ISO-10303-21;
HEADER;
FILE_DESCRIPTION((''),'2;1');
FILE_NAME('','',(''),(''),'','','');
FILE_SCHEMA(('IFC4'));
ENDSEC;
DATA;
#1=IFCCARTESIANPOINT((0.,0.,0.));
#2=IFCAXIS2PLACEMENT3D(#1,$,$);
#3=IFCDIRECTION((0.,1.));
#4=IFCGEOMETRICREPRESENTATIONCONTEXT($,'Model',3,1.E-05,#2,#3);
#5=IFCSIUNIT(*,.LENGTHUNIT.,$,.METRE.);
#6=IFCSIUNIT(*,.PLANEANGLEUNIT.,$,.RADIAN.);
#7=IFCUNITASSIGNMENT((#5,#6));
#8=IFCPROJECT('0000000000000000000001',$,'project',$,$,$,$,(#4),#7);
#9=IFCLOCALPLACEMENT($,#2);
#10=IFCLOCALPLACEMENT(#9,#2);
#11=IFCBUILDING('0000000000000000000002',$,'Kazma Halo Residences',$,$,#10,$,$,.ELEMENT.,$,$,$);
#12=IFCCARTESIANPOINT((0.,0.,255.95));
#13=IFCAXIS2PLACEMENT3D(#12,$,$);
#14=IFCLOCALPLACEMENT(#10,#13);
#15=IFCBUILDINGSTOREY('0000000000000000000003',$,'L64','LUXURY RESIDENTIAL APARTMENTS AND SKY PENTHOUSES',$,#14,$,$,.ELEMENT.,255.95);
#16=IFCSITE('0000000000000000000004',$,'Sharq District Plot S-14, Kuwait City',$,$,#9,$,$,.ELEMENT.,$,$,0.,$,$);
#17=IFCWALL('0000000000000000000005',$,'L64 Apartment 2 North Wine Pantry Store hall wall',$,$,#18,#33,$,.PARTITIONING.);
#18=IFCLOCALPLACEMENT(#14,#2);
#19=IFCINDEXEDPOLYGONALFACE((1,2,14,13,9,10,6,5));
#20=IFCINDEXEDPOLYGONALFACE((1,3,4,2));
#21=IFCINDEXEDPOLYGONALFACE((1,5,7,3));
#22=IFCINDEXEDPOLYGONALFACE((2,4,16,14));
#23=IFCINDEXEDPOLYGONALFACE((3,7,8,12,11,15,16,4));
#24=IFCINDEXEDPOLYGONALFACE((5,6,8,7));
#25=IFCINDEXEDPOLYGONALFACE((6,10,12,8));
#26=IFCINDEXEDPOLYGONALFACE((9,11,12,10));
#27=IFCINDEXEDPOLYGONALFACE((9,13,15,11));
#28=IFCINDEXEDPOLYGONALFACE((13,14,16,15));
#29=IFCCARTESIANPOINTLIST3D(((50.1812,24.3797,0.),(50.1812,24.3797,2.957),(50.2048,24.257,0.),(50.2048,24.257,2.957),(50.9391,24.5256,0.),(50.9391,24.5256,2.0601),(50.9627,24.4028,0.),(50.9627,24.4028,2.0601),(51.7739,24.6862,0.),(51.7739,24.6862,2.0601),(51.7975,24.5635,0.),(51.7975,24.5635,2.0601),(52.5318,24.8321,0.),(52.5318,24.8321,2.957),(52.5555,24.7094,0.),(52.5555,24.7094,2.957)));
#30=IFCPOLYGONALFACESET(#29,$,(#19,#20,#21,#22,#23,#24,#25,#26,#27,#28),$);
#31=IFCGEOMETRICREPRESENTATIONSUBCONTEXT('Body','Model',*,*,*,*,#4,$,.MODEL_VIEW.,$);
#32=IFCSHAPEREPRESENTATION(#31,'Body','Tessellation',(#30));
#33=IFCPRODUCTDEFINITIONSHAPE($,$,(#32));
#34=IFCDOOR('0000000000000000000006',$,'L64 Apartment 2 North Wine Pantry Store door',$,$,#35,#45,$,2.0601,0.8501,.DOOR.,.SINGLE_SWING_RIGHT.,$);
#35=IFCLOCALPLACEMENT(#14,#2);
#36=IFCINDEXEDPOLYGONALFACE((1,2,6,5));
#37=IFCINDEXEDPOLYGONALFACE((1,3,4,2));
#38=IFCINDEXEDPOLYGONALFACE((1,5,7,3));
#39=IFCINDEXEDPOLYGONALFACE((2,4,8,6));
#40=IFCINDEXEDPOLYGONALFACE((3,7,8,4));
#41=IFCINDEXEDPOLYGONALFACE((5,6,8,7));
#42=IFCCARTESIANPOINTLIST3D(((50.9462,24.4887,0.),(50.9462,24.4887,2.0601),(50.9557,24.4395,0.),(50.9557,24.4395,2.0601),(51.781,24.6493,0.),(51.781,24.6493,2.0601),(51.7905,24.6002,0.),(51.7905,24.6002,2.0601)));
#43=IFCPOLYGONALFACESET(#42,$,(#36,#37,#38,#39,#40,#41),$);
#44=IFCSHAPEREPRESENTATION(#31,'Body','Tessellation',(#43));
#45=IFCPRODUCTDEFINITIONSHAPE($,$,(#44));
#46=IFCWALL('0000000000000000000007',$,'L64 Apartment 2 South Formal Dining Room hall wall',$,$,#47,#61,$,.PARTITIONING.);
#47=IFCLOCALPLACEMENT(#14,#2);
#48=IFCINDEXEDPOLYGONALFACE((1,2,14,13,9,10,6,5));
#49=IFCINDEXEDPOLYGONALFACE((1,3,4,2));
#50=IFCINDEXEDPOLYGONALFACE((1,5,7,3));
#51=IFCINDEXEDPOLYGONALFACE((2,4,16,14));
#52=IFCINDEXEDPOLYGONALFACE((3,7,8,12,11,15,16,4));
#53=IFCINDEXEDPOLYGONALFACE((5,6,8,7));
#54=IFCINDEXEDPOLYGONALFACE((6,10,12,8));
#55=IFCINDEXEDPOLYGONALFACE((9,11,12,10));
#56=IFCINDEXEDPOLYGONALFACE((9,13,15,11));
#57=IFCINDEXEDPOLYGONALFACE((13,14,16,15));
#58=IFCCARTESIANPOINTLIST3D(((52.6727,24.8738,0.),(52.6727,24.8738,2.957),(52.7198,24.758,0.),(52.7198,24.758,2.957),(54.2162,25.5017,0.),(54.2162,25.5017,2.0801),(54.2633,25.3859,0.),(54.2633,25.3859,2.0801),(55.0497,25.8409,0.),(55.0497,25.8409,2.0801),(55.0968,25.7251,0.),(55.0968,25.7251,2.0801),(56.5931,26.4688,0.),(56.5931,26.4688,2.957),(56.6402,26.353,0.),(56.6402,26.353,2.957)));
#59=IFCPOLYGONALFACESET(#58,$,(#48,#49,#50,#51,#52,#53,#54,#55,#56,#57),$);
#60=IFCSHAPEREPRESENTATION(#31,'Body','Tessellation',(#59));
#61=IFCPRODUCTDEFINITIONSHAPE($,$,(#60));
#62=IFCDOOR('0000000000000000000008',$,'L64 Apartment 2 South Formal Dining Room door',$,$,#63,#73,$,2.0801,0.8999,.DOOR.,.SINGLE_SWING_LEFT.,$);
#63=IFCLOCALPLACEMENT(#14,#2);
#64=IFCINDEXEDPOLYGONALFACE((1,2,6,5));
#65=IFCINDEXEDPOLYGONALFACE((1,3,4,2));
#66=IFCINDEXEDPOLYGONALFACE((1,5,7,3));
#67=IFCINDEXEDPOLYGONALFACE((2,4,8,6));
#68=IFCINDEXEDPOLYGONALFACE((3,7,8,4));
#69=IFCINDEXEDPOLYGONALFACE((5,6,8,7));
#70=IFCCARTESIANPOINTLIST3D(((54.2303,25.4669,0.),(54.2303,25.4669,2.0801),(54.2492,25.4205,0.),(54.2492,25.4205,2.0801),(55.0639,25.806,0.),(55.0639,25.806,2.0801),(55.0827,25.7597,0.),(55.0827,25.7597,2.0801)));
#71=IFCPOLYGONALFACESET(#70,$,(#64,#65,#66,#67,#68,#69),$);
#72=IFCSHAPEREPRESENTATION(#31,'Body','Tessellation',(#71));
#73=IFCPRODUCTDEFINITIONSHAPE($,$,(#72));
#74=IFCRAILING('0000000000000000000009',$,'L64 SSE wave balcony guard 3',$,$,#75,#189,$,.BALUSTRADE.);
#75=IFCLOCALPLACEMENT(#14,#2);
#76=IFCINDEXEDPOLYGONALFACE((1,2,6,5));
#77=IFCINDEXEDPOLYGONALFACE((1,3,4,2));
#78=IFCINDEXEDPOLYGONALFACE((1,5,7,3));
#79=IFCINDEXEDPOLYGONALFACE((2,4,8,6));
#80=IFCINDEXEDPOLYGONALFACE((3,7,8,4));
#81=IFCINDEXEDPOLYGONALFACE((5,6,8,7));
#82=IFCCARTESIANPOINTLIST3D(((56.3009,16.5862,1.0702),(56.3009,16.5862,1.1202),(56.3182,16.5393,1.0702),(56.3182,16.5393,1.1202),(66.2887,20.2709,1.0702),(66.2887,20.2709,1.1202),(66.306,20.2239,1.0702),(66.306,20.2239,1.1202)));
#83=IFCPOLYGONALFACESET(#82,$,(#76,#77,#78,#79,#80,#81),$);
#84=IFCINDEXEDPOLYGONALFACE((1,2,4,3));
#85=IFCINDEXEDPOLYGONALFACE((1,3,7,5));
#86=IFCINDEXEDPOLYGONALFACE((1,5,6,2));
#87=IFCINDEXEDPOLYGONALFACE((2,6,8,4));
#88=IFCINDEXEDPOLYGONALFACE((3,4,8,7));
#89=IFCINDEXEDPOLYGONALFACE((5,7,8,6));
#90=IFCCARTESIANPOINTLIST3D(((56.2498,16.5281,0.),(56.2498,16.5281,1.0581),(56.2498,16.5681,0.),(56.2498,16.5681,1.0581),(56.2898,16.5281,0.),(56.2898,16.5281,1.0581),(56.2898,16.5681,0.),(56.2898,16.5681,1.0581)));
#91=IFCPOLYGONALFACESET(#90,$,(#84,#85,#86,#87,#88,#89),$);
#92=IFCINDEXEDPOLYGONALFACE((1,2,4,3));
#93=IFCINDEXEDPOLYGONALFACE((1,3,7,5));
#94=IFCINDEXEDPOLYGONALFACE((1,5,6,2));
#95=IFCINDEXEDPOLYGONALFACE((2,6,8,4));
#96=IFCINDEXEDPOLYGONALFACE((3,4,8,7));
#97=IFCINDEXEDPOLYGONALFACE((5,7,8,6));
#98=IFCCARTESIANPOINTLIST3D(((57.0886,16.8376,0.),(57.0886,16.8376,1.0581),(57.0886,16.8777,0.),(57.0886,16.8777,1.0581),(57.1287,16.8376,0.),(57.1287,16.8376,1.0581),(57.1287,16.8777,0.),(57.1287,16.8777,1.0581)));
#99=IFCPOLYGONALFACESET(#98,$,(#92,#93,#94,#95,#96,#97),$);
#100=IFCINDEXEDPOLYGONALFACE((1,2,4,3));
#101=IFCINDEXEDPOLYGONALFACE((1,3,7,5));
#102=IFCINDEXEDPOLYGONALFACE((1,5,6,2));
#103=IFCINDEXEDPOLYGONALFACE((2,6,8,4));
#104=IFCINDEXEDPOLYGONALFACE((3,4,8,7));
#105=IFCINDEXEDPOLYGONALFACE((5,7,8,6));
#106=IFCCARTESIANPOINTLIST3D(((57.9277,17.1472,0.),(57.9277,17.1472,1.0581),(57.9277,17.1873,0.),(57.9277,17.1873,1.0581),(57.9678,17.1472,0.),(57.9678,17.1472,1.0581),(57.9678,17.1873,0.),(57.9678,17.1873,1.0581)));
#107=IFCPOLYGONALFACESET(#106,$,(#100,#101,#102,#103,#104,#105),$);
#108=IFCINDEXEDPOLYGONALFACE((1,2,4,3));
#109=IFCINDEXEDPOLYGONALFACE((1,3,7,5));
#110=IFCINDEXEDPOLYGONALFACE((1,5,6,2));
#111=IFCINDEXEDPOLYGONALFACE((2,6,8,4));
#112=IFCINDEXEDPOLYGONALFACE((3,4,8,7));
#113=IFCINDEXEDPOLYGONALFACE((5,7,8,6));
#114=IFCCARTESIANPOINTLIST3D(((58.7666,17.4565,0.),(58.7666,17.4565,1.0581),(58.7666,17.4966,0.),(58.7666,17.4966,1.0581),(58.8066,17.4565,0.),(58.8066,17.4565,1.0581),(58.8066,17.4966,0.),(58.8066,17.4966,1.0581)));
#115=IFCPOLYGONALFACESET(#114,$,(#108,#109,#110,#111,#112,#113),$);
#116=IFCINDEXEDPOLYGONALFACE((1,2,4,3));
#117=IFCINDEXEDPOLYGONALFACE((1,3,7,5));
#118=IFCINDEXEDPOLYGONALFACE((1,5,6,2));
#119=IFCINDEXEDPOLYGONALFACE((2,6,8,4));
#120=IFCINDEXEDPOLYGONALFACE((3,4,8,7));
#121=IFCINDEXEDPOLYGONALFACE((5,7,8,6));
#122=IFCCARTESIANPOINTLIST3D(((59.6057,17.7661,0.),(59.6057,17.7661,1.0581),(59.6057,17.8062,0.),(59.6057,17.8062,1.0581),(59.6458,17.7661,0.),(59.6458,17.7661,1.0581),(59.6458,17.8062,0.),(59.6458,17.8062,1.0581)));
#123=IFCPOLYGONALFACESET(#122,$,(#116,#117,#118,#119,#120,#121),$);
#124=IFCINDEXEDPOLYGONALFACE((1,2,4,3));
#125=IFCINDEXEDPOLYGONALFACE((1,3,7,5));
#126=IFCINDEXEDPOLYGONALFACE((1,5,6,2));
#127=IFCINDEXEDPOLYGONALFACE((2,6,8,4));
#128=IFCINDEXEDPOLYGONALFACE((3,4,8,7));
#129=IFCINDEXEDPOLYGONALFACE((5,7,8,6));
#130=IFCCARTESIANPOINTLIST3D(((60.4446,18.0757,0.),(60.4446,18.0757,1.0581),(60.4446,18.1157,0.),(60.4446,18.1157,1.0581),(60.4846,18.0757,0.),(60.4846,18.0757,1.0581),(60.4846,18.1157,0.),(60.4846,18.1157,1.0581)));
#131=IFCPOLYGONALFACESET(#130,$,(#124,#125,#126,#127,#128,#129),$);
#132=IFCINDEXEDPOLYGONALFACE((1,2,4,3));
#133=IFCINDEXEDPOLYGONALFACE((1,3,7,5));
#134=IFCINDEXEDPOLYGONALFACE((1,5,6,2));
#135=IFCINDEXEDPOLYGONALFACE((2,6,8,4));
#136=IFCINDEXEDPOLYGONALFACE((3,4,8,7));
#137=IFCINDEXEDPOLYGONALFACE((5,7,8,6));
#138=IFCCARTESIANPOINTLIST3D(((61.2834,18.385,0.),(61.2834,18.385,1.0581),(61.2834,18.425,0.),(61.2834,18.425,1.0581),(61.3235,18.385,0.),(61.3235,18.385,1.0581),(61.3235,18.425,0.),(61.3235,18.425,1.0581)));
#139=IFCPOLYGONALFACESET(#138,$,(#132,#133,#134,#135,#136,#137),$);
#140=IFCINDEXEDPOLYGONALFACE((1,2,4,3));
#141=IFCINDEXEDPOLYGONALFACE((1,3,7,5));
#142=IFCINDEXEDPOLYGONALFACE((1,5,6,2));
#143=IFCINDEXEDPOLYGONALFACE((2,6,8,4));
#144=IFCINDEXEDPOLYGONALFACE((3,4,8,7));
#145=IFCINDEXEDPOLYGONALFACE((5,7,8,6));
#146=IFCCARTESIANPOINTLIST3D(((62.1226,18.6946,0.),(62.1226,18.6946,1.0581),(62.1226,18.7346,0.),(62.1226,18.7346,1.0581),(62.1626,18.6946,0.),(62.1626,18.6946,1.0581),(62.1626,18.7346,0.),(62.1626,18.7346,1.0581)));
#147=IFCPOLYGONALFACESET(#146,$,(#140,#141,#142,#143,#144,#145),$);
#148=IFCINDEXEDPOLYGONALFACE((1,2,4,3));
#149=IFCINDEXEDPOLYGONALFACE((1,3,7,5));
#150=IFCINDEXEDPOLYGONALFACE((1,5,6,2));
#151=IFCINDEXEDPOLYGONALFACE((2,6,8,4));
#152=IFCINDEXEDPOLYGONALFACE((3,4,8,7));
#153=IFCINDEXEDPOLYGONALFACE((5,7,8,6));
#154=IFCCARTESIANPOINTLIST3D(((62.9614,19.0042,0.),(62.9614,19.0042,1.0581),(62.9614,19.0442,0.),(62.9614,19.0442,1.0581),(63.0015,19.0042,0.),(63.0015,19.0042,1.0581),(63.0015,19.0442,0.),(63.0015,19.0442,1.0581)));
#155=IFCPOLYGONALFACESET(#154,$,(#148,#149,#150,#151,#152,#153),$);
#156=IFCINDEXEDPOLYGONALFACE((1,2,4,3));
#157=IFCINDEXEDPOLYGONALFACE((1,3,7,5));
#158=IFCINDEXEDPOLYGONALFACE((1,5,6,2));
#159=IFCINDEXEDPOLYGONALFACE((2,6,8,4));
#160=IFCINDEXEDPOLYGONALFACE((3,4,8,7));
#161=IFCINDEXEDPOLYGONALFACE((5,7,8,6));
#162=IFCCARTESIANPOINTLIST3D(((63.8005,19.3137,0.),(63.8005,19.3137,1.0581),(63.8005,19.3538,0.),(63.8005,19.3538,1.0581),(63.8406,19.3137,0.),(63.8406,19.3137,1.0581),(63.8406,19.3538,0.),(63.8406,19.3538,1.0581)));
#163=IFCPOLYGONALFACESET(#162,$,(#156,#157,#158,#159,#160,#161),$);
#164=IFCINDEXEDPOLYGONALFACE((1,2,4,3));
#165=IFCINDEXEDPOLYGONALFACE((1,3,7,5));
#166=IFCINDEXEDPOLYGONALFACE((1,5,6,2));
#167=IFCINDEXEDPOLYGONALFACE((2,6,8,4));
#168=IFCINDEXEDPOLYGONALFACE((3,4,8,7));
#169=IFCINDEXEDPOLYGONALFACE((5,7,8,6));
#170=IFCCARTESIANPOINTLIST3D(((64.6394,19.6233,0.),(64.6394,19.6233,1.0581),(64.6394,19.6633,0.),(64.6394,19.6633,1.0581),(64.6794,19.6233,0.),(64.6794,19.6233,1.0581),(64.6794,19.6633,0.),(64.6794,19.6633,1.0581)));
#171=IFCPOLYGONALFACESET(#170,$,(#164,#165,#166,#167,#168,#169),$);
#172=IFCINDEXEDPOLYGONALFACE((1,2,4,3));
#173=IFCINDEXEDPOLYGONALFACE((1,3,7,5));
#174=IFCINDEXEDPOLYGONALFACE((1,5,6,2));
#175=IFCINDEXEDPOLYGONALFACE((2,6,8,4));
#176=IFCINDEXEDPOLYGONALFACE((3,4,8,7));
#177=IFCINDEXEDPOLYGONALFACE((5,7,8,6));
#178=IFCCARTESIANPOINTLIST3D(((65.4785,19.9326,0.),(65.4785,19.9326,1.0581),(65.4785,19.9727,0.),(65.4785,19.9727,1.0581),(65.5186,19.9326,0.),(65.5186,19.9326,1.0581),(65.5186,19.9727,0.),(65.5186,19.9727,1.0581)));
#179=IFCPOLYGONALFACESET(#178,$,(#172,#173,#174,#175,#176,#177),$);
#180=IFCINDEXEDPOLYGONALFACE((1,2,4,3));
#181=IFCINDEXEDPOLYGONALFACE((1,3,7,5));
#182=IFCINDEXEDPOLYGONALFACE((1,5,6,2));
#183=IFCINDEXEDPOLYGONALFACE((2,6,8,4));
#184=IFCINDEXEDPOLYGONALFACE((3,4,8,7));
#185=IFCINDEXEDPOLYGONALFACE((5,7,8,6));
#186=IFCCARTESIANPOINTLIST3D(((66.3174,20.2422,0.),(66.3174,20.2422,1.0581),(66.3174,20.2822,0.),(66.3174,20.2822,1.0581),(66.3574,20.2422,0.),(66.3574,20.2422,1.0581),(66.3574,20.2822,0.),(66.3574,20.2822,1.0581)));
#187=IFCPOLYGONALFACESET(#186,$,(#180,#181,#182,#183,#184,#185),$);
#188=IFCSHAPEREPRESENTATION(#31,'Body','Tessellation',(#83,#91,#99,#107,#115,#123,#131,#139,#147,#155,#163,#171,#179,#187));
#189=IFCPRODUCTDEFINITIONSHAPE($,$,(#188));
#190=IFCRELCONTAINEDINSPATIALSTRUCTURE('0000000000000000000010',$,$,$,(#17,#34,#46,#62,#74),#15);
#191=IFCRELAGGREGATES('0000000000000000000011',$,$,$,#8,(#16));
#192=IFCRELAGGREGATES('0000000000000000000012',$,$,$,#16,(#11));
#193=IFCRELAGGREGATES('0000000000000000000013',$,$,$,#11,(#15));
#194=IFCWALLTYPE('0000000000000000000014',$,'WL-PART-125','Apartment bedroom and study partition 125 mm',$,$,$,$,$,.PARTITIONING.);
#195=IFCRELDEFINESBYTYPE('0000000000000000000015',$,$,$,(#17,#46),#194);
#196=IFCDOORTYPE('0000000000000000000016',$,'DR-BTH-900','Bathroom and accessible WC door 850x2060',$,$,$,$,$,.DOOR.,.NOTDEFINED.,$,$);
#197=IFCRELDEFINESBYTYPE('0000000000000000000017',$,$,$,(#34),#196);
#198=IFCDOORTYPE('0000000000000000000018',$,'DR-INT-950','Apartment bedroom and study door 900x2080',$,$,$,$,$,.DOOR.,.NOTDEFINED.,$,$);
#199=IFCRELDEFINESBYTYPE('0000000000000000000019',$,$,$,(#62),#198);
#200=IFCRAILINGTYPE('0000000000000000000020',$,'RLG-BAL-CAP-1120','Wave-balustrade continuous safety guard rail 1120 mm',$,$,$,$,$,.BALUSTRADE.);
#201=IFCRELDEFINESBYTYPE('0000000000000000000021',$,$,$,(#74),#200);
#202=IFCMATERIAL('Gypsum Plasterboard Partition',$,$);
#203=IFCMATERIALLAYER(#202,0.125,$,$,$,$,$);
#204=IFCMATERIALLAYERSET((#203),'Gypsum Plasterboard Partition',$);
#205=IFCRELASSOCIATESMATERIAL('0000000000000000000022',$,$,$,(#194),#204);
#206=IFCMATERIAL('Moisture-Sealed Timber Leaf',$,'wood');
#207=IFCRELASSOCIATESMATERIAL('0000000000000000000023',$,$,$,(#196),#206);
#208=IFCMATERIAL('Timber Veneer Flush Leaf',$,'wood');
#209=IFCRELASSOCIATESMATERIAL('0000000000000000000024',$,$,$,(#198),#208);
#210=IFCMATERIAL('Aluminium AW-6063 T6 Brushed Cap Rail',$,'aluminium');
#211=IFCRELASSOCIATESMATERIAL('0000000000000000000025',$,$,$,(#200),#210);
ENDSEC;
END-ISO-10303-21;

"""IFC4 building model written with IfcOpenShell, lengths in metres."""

from ifc_helpers import new_model, si_unit, direction, frame, frame_2d, origin, origin_2d, place, context, subcontext, project, spatial, rectangle, extrude, material, layer, layer_set, type_object, element, fill, save


model = new_model("IFC4")

# Units and contexts
model_context = context("Model", 3, precision=1e-05, world=origin(), true_north=direction((0.0, 1.0)))
body_context = subcontext(model_context, "Body", "Model", "MODEL_VIEW")
ifc_project = project(units=[si_unit("LENGTHUNIT", "METRE"), si_unit("PLANEANGLEUNIT", "RADIAN")], contexts=[model_context])

# Site, building, storey
site_placement = place(None, origin())
site = spatial("IfcSite", under=ifc_project, at=site_placement, Name="Sharq District Plot S-14, Kuwait City", CompositionType="ELEMENT", RefElevation=0.0)
building_placement = place(site_placement, origin())
building = spatial("IfcBuilding", under=site, at=building_placement, Name="Kazma Halo Residences", CompositionType="ELEMENT")
storey_placement = place(building_placement, frame((0.0, 0.0, 255.95)))
storey = spatial("IfcBuildingStorey", under=building, at=storey_placement, Name="L64", Description="LUXURY RESIDENTIAL APARTMENTS AND SKY PENTHOUSES", CompositionType="ELEMENT", Elevation=255.95)

# Shared definitions
ifc_material_1 = material(Name="Gypsum Plasterboard Partition")
ifc_layer_1 = layer(ifc_material_1, 0.125)
ifc_layer_set_1 = layer_set([ifc_layer_1], Name="Gypsum Plasterboard Partition")
wall_type_1 = type_object("IfcWallType", Name="WL-PART-125", Description="Apartment bedroom and study partition 125 mm", PredefinedType="PARTITIONING", material=ifc_layer_set_1)

# Walls, openings, doors
wall_1_placement = place(storey_placement, frame((50.1931, 24.3184, 0.0), z_axis=(0.0, 0.0, 1.0), x_axis=(0.981979, 0.188991, 0.0)))
wall_1 = element("IfcWall", 1, at=wall_1_placement, inside=storey, type_object=wall_type_1, Name="L64 Apartment 2 North Wine Pantry Store hall wall", PredefinedType="PARTITIONING", context=body_context, shape_type="SweptSolid", body=[
    extrude(rectangle(XDim=2.3938, YDim=0.125, at=frame_2d((1.1968, 0.0))), origin(), (0.0, 0.0, 1.0), 2.957),
])
opening_1_placement = place(wall_1_placement, frame((0.7717, 0.0, 0.0)))
opening_1 = element("IfcOpeningElement", 2, at=opening_1_placement, cuts=wall_1, PredefinedType="OPENING", context=body_context, shape_type="SweptSolid", body=[
    extrude(rectangle(XDim=0.8501, YDim=2.0601, at=frame_2d((0.425, 1.03))), frame((0.0, 0.0725, 0.0), z_axis=(0.0, -1.0, 0.0), x_axis=(1.0, 0.0, 0.0)), (0.0, 0.0, 1.0), 0.145),
])
ifc_material_2 = material(Name="Moisture-Sealed Timber Leaf", Category="wood")
door_type_1 = type_object("IfcDoorType", Name="DR-BTH-900", Description="Bathroom and accessible WC door 850x2060", OperationType="NOTDEFINED", PredefinedType="DOOR", material=ifc_material_2)
door_1_placement = place(opening_1_placement, origin())
door_1 = element("IfcDoor", 3, at=door_1_placement, inside=storey, type_object=door_type_1, Name="L64 Apartment 2 North Wine Pantry Store door", OperationType="SINGLE_SWING_RIGHT", OverallHeight=2.0601, OverallWidth=0.8501, PredefinedType="DOOR", context=body_context, shape_type="SweptSolid", body=[
    extrude(rectangle(XDim=0.8501, YDim=2.0601, at=frame_2d((0.425, 1.03))), frame((0.0, 0.0249, 0.0), z_axis=(0.0, -1.0, 0.0), x_axis=(1.0, 0.0, 0.0)), (0.0, 0.0, 1.0), 0.05),
])
fill(opening_1, door_1)
wall_2_placement = place(storey_placement, frame((52.6963, 24.8159, 0.0), z_axis=(0.0, 0.0, 1.0), x_axis=(0.926277, 0.376844, 0.0)))
wall_2 = element("IfcWall", 4, at=wall_2_placement, inside=storey, type_object=wall_type_1, Name="L64 Apartment 2 South Formal Dining Room hall wall", PredefinedType="PARTITIONING", context=body_context, shape_type="SweptSolid", body=[
    extrude(rectangle(XDim=4.2324, YDim=0.125, at=frame_2d((2.1162, 0.0))), origin(), (0.0, 0.0, 1.0), 2.957),
])
opening_2_placement = place(wall_2_placement, frame((1.6663, 0.0, 0.0)))
opening_2 = element("IfcOpeningElement", 5, at=opening_2_placement, cuts=wall_2, PredefinedType="OPENING", context=body_context, shape_type="SweptSolid", body=[
    extrude(rectangle(XDim=0.8999, YDim=2.0801, at=frame_2d((0.45, 1.04))), frame((0.0, 0.0725, 0.0), z_axis=(0.0, -1.0, 0.0), x_axis=(1.0, 0.0, 0.0)), (0.0, 0.0, 1.0), 0.145),
])
ifc_material_3 = material(Name="Timber Veneer Flush Leaf", Category="wood")
door_type_2 = type_object("IfcDoorType", Name="DR-INT-950", Description="Apartment bedroom and study door 900x2080", OperationType="NOTDEFINED", PredefinedType="DOOR", material=ifc_material_3)
door_2_placement = place(opening_2_placement, origin())
door_2 = element("IfcDoor", 6, at=door_2_placement, inside=storey, type_object=door_type_2, Name="L64 Apartment 2 South Formal Dining Room door", OperationType="SINGLE_SWING_LEFT", OverallHeight=2.0801, OverallWidth=0.8999, PredefinedType="DOOR", context=body_context, shape_type="SweptSolid", body=[
    extrude(rectangle(XDim=0.8999, YDim=2.0801, at=frame_2d((0.45, 1.04))), frame((0.0, 0.0249, 0.0), z_axis=(0.0, -1.0, 0.0), x_axis=(1.0, 0.0, 0.0)), (0.0, 0.0, 1.0), 0.05),
])
fill(opening_2, door_2)

# Railing
ifc_material_4 = material(Name="Aluminium AW-6063 T6 Brushed Cap Rail", Category="aluminium")
railing_type_1 = type_object("IfcRailingType", Name="RLG-BAL-CAP-1120", Description="Wave-balustrade continuous safety guard rail 1120 mm", PredefinedType="BALUSTRADE", material=ifc_material_4)
railing_1_placement = place(storey_placement, frame((56.2698, 16.5481, 0.0)))
element("IfcRailing", 7, at=railing_1_placement, inside=storey, type_object=railing_type_1, Name="L64 SSE wave balcony guard 3", PredefinedType="BALUSTRADE", context=body_context, shape_type="SweptSolid", body=[
    extrude(rectangle(XDim=0.05, YDim=0.05, at=origin_2d()), frame((0.0398, 0.0146, 1.0952), z_axis=(0.938192, 0.346114, 0.0), x_axis=(-0.346114, 0.938192, 0.0)), (0.0, 0.0, 1.0), 10.6458),
    extrude(rectangle(XDim=0.04, YDim=0.04, at=origin_2d()), origin(), (0.0, 0.0, 1.0), 1.0581),
    extrude(rectangle(XDim=0.04, YDim=0.04, at=origin_2d()), frame((0.8389, 0.3096, 0.0)), (0.0, 0.0, 1.0), 1.0581),
    extrude(rectangle(XDim=0.04, YDim=0.04, at=origin_2d()), frame((1.678, 0.6191, 0.0)), (0.0, 0.0, 1.0), 1.0581),
    extrude(rectangle(XDim=0.04, YDim=0.04, at=origin_2d()), frame((2.5168, 0.9285, 0.0)), (0.0, 0.0, 1.0), 1.0581),
    extrude(rectangle(XDim=0.04, YDim=0.04, at=origin_2d()), frame((3.356, 1.238, 0.0)), (0.0, 0.0, 1.0), 1.0581),
    extrude(rectangle(XDim=0.04, YDim=0.04, at=origin_2d()), frame((4.1948, 1.5476, 0.0)), (0.0, 0.0, 1.0), 1.0581),
    extrude(rectangle(XDim=0.04, YDim=0.04, at=origin_2d()), frame((5.0337, 1.8569, 0.0)), (0.0, 0.0, 1.0), 1.0581),
    extrude(rectangle(XDim=0.04, YDim=0.04, at=origin_2d()), frame((5.8728, 2.1665, 0.0)), (0.0, 0.0, 1.0), 1.0581),
    extrude(rectangle(XDim=0.04, YDim=0.04, at=origin_2d()), frame((6.7117, 2.4761, 0.0)), (0.0, 0.0, 1.0), 1.0581),
    extrude(rectangle(XDim=0.04, YDim=0.04, at=origin_2d()), frame((7.5508, 2.7856, 0.0)), (0.0, 0.0, 1.0), 1.0581),
    extrude(rectangle(XDim=0.04, YDim=0.04, at=origin_2d()), frame((8.3896, 3.0952, 0.0)), (0.0, 0.0, 1.0), 1.0581),
    extrude(rectangle(XDim=0.04, YDim=0.04, at=origin_2d()), frame((9.2288, 3.4045, 0.0)), (0.0, 0.0, 1.0), 1.0581),
    extrude(rectangle(XDim=0.04, YDim=0.04, at=origin_2d()), frame((10.0676, 3.7141, 0.0)), (0.0, 0.0, 1.0), 1.0581),
])

save(model, "model.ifc")
